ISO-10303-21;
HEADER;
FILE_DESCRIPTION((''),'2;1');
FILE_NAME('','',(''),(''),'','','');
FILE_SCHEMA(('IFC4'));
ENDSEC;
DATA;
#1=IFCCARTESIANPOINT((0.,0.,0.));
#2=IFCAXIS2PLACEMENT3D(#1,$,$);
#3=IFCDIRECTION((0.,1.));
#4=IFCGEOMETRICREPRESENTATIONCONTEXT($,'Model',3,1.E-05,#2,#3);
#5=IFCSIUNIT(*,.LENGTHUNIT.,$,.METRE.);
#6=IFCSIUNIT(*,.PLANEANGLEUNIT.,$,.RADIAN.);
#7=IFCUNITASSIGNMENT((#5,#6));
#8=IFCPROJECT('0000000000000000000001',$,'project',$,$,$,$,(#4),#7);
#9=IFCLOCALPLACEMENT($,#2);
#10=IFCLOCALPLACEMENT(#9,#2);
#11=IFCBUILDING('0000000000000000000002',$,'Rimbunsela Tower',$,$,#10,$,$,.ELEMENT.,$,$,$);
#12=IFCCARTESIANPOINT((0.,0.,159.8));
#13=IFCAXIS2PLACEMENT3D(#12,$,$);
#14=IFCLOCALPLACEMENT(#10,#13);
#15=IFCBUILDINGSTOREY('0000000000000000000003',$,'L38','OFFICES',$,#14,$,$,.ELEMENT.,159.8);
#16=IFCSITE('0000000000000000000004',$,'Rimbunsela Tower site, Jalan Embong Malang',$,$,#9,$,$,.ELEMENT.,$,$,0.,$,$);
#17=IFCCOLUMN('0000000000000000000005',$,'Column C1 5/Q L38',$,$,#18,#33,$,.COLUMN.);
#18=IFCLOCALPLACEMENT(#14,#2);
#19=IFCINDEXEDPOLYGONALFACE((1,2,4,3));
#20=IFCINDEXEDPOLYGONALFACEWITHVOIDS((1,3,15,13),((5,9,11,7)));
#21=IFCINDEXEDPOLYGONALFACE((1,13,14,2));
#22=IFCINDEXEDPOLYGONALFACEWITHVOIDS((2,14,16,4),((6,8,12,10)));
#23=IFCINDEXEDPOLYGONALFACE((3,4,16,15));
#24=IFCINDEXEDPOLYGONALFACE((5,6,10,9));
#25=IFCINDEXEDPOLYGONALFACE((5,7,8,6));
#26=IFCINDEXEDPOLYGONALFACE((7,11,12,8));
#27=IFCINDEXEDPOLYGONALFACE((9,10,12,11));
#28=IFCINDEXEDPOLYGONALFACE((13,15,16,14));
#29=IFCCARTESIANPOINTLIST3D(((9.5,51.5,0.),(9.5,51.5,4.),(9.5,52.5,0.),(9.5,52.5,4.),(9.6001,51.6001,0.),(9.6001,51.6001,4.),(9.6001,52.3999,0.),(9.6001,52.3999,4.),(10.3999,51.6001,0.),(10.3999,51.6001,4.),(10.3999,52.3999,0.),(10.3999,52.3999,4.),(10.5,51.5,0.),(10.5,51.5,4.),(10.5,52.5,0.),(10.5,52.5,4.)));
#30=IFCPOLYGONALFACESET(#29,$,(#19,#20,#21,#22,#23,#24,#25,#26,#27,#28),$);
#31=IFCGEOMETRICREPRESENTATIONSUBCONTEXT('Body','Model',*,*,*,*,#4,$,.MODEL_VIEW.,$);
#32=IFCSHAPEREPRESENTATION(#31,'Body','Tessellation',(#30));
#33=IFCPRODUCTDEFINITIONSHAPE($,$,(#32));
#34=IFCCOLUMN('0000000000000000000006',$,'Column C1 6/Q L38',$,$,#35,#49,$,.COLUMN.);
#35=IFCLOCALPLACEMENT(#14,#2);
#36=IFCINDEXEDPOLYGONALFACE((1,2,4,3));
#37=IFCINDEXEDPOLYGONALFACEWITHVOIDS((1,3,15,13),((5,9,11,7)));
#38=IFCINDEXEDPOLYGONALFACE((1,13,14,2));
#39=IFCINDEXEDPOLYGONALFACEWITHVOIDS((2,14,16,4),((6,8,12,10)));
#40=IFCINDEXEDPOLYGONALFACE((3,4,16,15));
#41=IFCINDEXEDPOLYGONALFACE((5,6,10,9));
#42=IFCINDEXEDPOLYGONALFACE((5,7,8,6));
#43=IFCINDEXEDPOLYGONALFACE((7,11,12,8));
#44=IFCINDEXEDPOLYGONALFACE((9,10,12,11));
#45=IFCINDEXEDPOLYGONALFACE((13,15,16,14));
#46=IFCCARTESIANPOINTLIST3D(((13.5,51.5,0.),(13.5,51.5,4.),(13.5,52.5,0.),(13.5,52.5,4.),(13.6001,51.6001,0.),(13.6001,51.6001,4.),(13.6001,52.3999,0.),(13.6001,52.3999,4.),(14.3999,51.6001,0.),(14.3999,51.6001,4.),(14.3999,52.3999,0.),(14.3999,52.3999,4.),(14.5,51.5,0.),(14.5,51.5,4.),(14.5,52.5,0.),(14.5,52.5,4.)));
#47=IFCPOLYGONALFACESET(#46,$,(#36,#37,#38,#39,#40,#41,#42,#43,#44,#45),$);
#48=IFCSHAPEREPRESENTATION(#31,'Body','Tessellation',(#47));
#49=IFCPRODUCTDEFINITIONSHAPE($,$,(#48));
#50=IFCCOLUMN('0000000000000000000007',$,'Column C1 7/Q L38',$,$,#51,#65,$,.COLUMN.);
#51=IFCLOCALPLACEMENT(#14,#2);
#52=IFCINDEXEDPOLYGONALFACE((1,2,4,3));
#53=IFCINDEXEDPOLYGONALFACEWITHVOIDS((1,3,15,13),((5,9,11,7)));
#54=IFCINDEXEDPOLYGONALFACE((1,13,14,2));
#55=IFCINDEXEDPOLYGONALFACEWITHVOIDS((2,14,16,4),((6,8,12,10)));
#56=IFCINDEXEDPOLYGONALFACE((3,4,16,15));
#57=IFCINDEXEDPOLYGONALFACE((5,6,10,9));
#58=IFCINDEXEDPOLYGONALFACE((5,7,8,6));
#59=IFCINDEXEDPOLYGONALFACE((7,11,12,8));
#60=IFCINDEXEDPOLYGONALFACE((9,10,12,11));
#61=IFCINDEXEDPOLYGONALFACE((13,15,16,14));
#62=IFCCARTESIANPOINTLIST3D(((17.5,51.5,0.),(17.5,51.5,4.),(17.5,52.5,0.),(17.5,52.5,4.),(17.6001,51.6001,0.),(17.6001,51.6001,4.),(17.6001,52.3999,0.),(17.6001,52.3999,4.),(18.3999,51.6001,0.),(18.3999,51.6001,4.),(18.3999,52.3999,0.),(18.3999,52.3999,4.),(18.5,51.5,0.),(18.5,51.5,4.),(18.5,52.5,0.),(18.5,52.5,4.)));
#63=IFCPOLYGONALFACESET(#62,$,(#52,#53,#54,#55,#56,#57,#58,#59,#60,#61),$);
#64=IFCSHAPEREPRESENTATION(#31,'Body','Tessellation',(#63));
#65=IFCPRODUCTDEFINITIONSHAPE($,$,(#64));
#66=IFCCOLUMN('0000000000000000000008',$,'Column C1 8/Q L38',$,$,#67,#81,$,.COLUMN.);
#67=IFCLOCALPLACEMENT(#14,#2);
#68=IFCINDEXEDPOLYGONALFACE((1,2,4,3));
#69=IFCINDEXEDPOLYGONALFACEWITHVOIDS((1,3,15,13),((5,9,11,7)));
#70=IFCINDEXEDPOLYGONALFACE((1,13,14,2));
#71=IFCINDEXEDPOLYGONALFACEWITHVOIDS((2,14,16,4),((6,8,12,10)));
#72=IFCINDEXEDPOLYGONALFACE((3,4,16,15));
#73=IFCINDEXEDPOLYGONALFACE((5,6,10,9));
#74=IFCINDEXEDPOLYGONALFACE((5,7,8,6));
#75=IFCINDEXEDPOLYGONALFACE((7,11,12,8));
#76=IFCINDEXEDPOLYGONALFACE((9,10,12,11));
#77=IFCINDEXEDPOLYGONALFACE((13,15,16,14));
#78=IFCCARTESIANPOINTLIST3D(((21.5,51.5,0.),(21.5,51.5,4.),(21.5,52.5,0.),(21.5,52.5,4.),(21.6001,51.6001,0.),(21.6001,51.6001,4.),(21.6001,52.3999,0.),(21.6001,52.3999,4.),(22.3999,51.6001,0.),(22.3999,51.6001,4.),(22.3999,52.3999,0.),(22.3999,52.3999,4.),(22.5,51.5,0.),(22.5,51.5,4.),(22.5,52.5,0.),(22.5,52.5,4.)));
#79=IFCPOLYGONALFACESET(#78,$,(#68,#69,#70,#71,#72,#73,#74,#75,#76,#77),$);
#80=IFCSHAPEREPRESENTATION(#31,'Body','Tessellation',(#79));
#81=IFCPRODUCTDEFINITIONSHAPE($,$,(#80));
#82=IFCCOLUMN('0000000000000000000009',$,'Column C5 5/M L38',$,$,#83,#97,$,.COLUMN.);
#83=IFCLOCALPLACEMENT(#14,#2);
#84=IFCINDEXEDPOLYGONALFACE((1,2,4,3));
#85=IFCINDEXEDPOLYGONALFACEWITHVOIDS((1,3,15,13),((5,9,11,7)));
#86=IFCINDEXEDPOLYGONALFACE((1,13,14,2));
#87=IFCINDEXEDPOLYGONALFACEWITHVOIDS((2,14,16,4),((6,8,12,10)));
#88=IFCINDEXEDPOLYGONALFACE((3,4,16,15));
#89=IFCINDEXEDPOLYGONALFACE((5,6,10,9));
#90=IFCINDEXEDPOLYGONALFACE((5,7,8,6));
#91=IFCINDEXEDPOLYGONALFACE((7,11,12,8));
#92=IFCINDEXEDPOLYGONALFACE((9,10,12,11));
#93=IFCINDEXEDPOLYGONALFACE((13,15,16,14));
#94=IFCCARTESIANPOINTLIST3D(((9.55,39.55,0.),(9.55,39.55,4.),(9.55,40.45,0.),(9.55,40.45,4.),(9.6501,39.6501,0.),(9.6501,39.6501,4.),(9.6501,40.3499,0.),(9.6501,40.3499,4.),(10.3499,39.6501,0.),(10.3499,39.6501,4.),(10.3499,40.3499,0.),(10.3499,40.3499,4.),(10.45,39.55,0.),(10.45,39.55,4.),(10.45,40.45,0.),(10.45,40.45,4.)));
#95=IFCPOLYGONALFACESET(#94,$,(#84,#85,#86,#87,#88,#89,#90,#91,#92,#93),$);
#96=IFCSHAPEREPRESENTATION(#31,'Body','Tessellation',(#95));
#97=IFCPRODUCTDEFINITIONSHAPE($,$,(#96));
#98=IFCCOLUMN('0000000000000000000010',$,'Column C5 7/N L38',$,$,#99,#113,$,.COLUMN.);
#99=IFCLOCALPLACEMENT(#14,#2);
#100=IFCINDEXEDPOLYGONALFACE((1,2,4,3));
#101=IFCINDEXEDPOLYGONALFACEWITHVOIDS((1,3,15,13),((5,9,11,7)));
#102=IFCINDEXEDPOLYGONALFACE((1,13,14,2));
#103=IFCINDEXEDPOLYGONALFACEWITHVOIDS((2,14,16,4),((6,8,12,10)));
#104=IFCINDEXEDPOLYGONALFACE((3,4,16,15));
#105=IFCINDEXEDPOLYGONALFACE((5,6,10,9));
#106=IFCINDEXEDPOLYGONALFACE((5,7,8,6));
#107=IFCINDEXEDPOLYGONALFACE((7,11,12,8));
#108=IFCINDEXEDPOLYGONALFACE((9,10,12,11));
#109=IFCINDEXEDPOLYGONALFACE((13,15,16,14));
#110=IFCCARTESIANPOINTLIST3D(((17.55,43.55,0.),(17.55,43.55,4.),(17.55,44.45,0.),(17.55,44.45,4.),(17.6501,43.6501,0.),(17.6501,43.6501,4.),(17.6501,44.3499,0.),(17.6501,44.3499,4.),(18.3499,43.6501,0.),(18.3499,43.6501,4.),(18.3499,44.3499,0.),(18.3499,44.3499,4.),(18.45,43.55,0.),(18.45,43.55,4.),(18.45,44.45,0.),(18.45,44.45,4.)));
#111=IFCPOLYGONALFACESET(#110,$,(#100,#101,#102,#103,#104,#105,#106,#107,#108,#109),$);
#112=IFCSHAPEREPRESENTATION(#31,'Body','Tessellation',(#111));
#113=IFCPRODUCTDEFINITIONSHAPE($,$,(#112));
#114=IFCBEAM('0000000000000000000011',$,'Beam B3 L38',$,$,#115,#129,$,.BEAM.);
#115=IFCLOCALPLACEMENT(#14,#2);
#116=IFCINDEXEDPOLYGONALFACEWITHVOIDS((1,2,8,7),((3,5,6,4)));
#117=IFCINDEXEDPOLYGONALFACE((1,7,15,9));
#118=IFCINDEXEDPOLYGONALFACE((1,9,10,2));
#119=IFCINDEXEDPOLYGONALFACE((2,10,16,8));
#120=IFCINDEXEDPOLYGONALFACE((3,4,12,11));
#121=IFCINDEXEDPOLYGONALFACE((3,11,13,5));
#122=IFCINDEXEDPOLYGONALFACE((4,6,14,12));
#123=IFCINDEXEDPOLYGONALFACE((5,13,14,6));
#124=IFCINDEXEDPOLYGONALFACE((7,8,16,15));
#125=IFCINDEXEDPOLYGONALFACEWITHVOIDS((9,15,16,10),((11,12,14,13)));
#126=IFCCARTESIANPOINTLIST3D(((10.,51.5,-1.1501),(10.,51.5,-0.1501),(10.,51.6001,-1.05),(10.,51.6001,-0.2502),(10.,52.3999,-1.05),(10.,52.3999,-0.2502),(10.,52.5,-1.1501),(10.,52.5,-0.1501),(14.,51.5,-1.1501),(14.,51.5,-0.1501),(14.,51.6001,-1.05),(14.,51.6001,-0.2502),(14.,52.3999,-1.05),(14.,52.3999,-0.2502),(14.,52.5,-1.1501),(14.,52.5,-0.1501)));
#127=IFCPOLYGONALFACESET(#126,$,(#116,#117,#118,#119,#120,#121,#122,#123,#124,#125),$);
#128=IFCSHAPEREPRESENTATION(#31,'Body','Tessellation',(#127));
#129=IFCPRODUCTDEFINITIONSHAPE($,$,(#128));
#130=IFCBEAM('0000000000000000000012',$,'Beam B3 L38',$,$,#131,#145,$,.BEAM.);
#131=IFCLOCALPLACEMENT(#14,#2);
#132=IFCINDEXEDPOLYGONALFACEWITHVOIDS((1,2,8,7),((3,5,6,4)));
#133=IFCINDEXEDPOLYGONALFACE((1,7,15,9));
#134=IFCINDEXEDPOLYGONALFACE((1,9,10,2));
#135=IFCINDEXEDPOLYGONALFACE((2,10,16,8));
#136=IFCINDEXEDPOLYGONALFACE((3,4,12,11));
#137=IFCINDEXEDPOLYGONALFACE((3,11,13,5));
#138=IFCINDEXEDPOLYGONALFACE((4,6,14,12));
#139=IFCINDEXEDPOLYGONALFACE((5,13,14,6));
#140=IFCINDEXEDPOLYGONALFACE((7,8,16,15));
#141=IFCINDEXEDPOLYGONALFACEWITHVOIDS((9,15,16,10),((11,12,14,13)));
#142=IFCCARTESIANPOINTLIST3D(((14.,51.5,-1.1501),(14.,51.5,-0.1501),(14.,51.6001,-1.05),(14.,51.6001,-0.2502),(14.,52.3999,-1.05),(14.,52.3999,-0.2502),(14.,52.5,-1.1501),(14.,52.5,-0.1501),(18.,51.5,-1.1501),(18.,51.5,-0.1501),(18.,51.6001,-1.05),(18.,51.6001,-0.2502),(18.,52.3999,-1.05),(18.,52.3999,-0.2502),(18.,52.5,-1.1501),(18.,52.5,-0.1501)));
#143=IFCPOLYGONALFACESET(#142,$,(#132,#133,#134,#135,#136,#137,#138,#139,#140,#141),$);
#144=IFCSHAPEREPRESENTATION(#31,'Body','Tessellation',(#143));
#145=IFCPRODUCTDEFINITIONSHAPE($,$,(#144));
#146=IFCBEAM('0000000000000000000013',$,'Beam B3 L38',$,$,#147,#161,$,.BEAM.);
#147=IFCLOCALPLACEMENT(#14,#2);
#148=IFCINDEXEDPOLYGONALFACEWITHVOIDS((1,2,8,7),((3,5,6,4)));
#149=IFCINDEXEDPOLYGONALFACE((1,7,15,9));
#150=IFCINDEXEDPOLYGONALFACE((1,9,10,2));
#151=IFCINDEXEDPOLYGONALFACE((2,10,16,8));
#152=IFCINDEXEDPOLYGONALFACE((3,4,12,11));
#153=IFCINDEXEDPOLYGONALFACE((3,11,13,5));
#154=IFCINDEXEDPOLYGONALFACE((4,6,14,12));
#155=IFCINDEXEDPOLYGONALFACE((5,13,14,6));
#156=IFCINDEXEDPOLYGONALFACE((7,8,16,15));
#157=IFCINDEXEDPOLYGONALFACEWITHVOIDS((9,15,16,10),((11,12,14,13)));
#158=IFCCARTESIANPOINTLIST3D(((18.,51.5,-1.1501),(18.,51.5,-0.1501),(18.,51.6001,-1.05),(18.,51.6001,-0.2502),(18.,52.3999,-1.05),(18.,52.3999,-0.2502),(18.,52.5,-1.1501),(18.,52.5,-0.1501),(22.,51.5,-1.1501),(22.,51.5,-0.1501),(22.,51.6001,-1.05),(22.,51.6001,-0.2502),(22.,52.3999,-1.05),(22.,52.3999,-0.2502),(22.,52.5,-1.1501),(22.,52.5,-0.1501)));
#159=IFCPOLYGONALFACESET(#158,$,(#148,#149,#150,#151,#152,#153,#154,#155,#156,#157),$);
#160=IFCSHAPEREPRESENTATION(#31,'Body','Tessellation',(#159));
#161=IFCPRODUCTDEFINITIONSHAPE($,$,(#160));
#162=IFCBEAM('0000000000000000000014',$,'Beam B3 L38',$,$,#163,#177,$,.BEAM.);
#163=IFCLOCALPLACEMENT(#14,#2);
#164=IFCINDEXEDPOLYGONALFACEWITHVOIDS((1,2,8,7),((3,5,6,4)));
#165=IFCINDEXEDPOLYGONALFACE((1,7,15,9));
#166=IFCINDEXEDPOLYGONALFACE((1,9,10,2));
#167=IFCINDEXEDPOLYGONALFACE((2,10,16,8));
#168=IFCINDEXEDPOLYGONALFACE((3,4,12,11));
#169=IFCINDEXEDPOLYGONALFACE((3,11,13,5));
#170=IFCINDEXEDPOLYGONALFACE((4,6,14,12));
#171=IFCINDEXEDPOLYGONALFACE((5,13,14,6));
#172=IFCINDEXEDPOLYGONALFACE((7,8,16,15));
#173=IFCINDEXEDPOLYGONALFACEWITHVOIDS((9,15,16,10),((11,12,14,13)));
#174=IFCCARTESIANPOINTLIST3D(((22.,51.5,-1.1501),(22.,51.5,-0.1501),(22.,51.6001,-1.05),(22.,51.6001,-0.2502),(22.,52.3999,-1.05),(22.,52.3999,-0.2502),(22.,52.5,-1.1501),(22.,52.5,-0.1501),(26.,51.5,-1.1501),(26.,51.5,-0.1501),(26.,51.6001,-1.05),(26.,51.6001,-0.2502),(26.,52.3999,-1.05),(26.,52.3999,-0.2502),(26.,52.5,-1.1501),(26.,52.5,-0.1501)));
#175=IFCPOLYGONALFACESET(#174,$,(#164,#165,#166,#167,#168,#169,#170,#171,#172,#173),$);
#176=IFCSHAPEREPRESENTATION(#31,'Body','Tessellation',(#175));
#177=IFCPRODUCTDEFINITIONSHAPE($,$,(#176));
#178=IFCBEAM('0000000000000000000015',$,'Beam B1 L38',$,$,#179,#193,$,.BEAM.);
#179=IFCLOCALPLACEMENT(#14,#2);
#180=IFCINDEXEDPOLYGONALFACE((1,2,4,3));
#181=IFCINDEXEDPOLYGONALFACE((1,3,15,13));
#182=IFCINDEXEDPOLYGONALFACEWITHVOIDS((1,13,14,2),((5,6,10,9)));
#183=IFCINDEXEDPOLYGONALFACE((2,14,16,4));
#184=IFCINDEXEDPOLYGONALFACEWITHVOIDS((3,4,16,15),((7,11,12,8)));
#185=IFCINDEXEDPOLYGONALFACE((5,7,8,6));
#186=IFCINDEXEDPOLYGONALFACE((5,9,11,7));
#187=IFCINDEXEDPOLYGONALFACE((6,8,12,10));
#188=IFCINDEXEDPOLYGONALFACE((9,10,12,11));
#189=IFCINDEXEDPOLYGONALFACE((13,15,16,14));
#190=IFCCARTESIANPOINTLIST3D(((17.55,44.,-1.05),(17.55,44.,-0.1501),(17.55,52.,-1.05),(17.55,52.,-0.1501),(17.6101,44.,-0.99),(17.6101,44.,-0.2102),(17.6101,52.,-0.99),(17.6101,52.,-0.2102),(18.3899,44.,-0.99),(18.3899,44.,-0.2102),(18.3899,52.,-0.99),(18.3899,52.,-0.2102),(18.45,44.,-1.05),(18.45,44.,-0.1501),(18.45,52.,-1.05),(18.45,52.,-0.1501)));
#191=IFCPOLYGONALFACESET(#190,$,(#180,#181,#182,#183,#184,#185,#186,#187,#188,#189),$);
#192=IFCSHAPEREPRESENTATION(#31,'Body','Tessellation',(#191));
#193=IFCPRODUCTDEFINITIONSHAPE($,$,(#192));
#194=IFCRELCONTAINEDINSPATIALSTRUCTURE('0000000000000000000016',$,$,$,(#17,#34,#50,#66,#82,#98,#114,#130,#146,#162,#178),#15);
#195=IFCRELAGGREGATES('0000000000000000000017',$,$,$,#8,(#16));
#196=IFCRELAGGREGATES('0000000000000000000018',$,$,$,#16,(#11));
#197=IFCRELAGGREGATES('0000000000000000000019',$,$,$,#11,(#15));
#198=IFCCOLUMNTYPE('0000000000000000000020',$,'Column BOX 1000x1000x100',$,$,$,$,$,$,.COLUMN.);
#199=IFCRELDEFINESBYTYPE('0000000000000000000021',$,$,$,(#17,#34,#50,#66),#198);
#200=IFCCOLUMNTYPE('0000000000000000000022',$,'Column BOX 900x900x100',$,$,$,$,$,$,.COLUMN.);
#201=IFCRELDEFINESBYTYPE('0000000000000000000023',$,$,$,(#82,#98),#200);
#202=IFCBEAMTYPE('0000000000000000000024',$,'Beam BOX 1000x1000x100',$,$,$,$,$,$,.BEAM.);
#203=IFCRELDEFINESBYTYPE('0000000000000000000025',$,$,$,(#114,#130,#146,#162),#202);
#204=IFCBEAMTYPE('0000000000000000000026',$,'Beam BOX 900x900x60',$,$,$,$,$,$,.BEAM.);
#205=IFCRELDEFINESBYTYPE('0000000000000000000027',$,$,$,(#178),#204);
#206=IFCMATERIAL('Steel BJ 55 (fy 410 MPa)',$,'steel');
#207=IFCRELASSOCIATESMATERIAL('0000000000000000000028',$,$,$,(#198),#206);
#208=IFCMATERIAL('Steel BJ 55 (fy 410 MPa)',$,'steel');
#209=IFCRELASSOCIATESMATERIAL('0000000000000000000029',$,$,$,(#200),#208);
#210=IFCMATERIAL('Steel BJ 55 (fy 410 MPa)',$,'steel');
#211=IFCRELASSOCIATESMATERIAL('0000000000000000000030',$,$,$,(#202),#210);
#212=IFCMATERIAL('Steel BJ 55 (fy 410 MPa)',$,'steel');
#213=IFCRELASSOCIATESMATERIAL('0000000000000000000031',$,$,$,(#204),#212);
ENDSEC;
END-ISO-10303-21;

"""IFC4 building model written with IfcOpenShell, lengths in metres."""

from ifc_helpers import new_model, si_unit, direction, frame, origin, origin_2d, place, context, subcontext, project, spatial, hollow_rectangle, extrude, material, material_profile, profile_set, type_object, element, save


model = new_model("IFC4")

# Units and contexts
model_context = context("Model", 3, precision=1e-05, world=origin(), true_north=direction((0.0, 1.0)))
body_context = subcontext(model_context, "Body", "Model", "MODEL_VIEW")
ifc_project = project(units=[si_unit("LENGTHUNIT", "METRE"), si_unit("PLANEANGLEUNIT", "RADIAN")], contexts=[model_context])

# Site, building, storey
site_placement = place(None, origin())
site = spatial("IfcSite", under=ifc_project, at=site_placement, Name="Rimbunsela Tower site, Jalan Embong Malang", CompositionType="ELEMENT", RefElevation=0.0)
building_placement = place(site_placement, origin())
building = spatial("IfcBuilding", under=site, at=building_placement, Name="Rimbunsela Tower", CompositionType="ELEMENT")
storey_placement = place(building_placement, frame((0.0, 0.0, 159.8)))
storey = spatial("IfcBuildingStorey", under=building, at=storey_placement, Name="L38", Description="OFFICES", CompositionType="ELEMENT", Elevation=159.8)

# Columns
ifc_material_1 = material(Name="Steel BJ 55 (fy 410 MPa)", Category="steel")
ifc_material_profile_1 = material_profile(ifc_material_1, hollow_rectangle(XDim=1.0, YDim=1.0, WallThickness=0.1001, at=origin_2d()), Name="BOX 1000x1000x100")
ifc_profile_set_1 = profile_set([ifc_material_profile_1], Name="Steel BJ 55 (fy 410 MPa)")
column_type_1 = type_object("IfcColumnType", Name="Column BOX 1000x1000x100", PredefinedType="COLUMN", material=ifc_profile_set_1)
for number, where, z_axis, x_axis, name in (
    (1, (10.0, 52.0, 0.0), (0.0, 0.0, 1.0), (1.0, 0.0, 0.0), "Column C1 5/Q L38"),
    (2, (14.0, 52.0, 0.0), (0.0, 0.0, 1.0), (1.0, 0.0, 0.0), "Column C1 6/Q L38"),
    (3, (18.0, 52.0, 0.0), (0.0, 0.0, 1.0), (1.0, 0.0, 0.0), "Column C1 7/Q L38"),
    (4, (22.0, 52.0, 0.0), (0.0, 0.0, 1.0), (1.0, 0.0, 0.0), "Column C1 8/Q L38"),
):
    element("IfcColumn", number, at=place(storey_placement, frame(where, z_axis=z_axis, x_axis=x_axis)), inside=storey, type_object=column_type_1, Name=name, PredefinedType="COLUMN", context=body_context, shape_type="SweptSolid", body=[
        extrude(hollow_rectangle(XDim=1.0, YDim=1.0, WallThickness=0.1001, at=origin_2d()), origin(), (0.0, 0.0, 1.0), 4.0),
    ])
ifc_material_2 = material(Name="Steel BJ 55 (fy 410 MPa)", Category="steel")
ifc_material_profile_2 = material_profile(ifc_material_2, hollow_rectangle(XDim=0.8999, YDim=0.8999, WallThickness=0.1001, at=origin_2d()), Name="BOX 900x900x100")
ifc_profile_set_2 = profile_set([ifc_material_profile_2], Name="Steel BJ 55 (fy 410 MPa)")
column_type_2 = type_object("IfcColumnType", Name="Column BOX 900x900x100", PredefinedType="COLUMN", material=ifc_profile_set_2)
for number, where, z_axis, x_axis, name in (
    (5, (10.0, 40.0, 0.0), (0.0, 0.0, 1.0), (1.0, 0.0, 0.0), "Column C5 5/M L38"),
    (6, (18.0, 44.0, 0.0), (0.0, 0.0, 1.0), (1.0, 0.0, 0.0), "Column C5 7/N L38"),
):
    element("IfcColumn", number, at=place(storey_placement, frame(where, z_axis=z_axis, x_axis=x_axis)), inside=storey, type_object=column_type_2, Name=name, PredefinedType="COLUMN", context=body_context, shape_type="SweptSolid", body=[
        extrude(hollow_rectangle(XDim=0.8999, YDim=0.8999, WallThickness=0.1001, at=origin_2d()), origin(), (0.0, 0.0, 1.0), 4.0),
    ])

# Beams
ifc_material_3 = material(Name="Steel BJ 55 (fy 410 MPa)", Category="steel")
ifc_material_profile_3 = material_profile(ifc_material_3, hollow_rectangle(XDim=1.0, YDim=1.0, WallThickness=0.1001, at=origin_2d()), Name="BOX 1000x1000x100")
ifc_profile_set_3 = profile_set([ifc_material_profile_3], Name="Steel BJ 55 (fy 410 MPa)")
beam_type_1 = type_object("IfcBeamType", Name="Beam BOX 1000x1000x100", PredefinedType="BEAM", material=ifc_profile_set_3)
for number, where, z_axis, x_axis, name in (
    (7, (10.0, 52.0, -0.6501), (1.0, 0.0, 0.0), (0.0, 1.0, 0.0), "Beam B3 L38"),
    (8, (14.0, 52.0, -0.6501), (1.0, 0.0, 0.0), (0.0, 1.0, 0.0), "Beam B3 L38"),
    (9, (18.0, 52.0, -0.6501), (1.0, 0.0, 0.0), (0.0, 1.0, 0.0), "Beam B3 L38"),
    (10, (22.0, 52.0, -0.6501), (1.0, 0.0, 0.0), (0.0, 1.0, 0.0), "Beam B3 L38"),
):
    element("IfcBeam", number, at=place(storey_placement, frame(where, z_axis=z_axis, x_axis=x_axis)), inside=storey, type_object=beam_type_1, Name=name, PredefinedType="BEAM", context=body_context, shape_type="SweptSolid", body=[
        extrude(hollow_rectangle(XDim=1.0, YDim=1.0, WallThickness=0.1001, at=origin_2d()), origin(), (0.0, 0.0, 1.0), 4.0),
    ])
ifc_material_4 = material(Name="Steel BJ 55 (fy 410 MPa)", Category="steel")
ifc_material_profile_4 = material_profile(ifc_material_4, hollow_rectangle(XDim=0.8999, YDim=0.8999, WallThickness=0.0601, at=origin_2d()), Name="BOX 900x900x60")
ifc_profile_set_4 = profile_set([ifc_material_profile_4], Name="Steel BJ 55 (fy 410 MPa)")
beam_type_2 = type_object("IfcBeamType", Name="Beam BOX 900x900x60", PredefinedType="BEAM", material=ifc_profile_set_4)
beam_1_placement = place(storey_placement, frame((18.0, 44.0, -0.6001), z_axis=(0.0, 1.0, 0.0), x_axis=(-1.0, 0.0, 0.0)))
element("IfcBeam", 11, at=beam_1_placement, inside=storey, type_object=beam_type_2, Name="Beam B1 L38", PredefinedType="BEAM", context=body_context, shape_type="SweptSolid", body=[
    extrude(hollow_rectangle(XDim=0.8999, YDim=0.8999, WallThickness=0.0601, at=origin_2d()), origin(), (0.0, 0.0, 1.0), 8.0),
])

save(model, "model.ifc")
